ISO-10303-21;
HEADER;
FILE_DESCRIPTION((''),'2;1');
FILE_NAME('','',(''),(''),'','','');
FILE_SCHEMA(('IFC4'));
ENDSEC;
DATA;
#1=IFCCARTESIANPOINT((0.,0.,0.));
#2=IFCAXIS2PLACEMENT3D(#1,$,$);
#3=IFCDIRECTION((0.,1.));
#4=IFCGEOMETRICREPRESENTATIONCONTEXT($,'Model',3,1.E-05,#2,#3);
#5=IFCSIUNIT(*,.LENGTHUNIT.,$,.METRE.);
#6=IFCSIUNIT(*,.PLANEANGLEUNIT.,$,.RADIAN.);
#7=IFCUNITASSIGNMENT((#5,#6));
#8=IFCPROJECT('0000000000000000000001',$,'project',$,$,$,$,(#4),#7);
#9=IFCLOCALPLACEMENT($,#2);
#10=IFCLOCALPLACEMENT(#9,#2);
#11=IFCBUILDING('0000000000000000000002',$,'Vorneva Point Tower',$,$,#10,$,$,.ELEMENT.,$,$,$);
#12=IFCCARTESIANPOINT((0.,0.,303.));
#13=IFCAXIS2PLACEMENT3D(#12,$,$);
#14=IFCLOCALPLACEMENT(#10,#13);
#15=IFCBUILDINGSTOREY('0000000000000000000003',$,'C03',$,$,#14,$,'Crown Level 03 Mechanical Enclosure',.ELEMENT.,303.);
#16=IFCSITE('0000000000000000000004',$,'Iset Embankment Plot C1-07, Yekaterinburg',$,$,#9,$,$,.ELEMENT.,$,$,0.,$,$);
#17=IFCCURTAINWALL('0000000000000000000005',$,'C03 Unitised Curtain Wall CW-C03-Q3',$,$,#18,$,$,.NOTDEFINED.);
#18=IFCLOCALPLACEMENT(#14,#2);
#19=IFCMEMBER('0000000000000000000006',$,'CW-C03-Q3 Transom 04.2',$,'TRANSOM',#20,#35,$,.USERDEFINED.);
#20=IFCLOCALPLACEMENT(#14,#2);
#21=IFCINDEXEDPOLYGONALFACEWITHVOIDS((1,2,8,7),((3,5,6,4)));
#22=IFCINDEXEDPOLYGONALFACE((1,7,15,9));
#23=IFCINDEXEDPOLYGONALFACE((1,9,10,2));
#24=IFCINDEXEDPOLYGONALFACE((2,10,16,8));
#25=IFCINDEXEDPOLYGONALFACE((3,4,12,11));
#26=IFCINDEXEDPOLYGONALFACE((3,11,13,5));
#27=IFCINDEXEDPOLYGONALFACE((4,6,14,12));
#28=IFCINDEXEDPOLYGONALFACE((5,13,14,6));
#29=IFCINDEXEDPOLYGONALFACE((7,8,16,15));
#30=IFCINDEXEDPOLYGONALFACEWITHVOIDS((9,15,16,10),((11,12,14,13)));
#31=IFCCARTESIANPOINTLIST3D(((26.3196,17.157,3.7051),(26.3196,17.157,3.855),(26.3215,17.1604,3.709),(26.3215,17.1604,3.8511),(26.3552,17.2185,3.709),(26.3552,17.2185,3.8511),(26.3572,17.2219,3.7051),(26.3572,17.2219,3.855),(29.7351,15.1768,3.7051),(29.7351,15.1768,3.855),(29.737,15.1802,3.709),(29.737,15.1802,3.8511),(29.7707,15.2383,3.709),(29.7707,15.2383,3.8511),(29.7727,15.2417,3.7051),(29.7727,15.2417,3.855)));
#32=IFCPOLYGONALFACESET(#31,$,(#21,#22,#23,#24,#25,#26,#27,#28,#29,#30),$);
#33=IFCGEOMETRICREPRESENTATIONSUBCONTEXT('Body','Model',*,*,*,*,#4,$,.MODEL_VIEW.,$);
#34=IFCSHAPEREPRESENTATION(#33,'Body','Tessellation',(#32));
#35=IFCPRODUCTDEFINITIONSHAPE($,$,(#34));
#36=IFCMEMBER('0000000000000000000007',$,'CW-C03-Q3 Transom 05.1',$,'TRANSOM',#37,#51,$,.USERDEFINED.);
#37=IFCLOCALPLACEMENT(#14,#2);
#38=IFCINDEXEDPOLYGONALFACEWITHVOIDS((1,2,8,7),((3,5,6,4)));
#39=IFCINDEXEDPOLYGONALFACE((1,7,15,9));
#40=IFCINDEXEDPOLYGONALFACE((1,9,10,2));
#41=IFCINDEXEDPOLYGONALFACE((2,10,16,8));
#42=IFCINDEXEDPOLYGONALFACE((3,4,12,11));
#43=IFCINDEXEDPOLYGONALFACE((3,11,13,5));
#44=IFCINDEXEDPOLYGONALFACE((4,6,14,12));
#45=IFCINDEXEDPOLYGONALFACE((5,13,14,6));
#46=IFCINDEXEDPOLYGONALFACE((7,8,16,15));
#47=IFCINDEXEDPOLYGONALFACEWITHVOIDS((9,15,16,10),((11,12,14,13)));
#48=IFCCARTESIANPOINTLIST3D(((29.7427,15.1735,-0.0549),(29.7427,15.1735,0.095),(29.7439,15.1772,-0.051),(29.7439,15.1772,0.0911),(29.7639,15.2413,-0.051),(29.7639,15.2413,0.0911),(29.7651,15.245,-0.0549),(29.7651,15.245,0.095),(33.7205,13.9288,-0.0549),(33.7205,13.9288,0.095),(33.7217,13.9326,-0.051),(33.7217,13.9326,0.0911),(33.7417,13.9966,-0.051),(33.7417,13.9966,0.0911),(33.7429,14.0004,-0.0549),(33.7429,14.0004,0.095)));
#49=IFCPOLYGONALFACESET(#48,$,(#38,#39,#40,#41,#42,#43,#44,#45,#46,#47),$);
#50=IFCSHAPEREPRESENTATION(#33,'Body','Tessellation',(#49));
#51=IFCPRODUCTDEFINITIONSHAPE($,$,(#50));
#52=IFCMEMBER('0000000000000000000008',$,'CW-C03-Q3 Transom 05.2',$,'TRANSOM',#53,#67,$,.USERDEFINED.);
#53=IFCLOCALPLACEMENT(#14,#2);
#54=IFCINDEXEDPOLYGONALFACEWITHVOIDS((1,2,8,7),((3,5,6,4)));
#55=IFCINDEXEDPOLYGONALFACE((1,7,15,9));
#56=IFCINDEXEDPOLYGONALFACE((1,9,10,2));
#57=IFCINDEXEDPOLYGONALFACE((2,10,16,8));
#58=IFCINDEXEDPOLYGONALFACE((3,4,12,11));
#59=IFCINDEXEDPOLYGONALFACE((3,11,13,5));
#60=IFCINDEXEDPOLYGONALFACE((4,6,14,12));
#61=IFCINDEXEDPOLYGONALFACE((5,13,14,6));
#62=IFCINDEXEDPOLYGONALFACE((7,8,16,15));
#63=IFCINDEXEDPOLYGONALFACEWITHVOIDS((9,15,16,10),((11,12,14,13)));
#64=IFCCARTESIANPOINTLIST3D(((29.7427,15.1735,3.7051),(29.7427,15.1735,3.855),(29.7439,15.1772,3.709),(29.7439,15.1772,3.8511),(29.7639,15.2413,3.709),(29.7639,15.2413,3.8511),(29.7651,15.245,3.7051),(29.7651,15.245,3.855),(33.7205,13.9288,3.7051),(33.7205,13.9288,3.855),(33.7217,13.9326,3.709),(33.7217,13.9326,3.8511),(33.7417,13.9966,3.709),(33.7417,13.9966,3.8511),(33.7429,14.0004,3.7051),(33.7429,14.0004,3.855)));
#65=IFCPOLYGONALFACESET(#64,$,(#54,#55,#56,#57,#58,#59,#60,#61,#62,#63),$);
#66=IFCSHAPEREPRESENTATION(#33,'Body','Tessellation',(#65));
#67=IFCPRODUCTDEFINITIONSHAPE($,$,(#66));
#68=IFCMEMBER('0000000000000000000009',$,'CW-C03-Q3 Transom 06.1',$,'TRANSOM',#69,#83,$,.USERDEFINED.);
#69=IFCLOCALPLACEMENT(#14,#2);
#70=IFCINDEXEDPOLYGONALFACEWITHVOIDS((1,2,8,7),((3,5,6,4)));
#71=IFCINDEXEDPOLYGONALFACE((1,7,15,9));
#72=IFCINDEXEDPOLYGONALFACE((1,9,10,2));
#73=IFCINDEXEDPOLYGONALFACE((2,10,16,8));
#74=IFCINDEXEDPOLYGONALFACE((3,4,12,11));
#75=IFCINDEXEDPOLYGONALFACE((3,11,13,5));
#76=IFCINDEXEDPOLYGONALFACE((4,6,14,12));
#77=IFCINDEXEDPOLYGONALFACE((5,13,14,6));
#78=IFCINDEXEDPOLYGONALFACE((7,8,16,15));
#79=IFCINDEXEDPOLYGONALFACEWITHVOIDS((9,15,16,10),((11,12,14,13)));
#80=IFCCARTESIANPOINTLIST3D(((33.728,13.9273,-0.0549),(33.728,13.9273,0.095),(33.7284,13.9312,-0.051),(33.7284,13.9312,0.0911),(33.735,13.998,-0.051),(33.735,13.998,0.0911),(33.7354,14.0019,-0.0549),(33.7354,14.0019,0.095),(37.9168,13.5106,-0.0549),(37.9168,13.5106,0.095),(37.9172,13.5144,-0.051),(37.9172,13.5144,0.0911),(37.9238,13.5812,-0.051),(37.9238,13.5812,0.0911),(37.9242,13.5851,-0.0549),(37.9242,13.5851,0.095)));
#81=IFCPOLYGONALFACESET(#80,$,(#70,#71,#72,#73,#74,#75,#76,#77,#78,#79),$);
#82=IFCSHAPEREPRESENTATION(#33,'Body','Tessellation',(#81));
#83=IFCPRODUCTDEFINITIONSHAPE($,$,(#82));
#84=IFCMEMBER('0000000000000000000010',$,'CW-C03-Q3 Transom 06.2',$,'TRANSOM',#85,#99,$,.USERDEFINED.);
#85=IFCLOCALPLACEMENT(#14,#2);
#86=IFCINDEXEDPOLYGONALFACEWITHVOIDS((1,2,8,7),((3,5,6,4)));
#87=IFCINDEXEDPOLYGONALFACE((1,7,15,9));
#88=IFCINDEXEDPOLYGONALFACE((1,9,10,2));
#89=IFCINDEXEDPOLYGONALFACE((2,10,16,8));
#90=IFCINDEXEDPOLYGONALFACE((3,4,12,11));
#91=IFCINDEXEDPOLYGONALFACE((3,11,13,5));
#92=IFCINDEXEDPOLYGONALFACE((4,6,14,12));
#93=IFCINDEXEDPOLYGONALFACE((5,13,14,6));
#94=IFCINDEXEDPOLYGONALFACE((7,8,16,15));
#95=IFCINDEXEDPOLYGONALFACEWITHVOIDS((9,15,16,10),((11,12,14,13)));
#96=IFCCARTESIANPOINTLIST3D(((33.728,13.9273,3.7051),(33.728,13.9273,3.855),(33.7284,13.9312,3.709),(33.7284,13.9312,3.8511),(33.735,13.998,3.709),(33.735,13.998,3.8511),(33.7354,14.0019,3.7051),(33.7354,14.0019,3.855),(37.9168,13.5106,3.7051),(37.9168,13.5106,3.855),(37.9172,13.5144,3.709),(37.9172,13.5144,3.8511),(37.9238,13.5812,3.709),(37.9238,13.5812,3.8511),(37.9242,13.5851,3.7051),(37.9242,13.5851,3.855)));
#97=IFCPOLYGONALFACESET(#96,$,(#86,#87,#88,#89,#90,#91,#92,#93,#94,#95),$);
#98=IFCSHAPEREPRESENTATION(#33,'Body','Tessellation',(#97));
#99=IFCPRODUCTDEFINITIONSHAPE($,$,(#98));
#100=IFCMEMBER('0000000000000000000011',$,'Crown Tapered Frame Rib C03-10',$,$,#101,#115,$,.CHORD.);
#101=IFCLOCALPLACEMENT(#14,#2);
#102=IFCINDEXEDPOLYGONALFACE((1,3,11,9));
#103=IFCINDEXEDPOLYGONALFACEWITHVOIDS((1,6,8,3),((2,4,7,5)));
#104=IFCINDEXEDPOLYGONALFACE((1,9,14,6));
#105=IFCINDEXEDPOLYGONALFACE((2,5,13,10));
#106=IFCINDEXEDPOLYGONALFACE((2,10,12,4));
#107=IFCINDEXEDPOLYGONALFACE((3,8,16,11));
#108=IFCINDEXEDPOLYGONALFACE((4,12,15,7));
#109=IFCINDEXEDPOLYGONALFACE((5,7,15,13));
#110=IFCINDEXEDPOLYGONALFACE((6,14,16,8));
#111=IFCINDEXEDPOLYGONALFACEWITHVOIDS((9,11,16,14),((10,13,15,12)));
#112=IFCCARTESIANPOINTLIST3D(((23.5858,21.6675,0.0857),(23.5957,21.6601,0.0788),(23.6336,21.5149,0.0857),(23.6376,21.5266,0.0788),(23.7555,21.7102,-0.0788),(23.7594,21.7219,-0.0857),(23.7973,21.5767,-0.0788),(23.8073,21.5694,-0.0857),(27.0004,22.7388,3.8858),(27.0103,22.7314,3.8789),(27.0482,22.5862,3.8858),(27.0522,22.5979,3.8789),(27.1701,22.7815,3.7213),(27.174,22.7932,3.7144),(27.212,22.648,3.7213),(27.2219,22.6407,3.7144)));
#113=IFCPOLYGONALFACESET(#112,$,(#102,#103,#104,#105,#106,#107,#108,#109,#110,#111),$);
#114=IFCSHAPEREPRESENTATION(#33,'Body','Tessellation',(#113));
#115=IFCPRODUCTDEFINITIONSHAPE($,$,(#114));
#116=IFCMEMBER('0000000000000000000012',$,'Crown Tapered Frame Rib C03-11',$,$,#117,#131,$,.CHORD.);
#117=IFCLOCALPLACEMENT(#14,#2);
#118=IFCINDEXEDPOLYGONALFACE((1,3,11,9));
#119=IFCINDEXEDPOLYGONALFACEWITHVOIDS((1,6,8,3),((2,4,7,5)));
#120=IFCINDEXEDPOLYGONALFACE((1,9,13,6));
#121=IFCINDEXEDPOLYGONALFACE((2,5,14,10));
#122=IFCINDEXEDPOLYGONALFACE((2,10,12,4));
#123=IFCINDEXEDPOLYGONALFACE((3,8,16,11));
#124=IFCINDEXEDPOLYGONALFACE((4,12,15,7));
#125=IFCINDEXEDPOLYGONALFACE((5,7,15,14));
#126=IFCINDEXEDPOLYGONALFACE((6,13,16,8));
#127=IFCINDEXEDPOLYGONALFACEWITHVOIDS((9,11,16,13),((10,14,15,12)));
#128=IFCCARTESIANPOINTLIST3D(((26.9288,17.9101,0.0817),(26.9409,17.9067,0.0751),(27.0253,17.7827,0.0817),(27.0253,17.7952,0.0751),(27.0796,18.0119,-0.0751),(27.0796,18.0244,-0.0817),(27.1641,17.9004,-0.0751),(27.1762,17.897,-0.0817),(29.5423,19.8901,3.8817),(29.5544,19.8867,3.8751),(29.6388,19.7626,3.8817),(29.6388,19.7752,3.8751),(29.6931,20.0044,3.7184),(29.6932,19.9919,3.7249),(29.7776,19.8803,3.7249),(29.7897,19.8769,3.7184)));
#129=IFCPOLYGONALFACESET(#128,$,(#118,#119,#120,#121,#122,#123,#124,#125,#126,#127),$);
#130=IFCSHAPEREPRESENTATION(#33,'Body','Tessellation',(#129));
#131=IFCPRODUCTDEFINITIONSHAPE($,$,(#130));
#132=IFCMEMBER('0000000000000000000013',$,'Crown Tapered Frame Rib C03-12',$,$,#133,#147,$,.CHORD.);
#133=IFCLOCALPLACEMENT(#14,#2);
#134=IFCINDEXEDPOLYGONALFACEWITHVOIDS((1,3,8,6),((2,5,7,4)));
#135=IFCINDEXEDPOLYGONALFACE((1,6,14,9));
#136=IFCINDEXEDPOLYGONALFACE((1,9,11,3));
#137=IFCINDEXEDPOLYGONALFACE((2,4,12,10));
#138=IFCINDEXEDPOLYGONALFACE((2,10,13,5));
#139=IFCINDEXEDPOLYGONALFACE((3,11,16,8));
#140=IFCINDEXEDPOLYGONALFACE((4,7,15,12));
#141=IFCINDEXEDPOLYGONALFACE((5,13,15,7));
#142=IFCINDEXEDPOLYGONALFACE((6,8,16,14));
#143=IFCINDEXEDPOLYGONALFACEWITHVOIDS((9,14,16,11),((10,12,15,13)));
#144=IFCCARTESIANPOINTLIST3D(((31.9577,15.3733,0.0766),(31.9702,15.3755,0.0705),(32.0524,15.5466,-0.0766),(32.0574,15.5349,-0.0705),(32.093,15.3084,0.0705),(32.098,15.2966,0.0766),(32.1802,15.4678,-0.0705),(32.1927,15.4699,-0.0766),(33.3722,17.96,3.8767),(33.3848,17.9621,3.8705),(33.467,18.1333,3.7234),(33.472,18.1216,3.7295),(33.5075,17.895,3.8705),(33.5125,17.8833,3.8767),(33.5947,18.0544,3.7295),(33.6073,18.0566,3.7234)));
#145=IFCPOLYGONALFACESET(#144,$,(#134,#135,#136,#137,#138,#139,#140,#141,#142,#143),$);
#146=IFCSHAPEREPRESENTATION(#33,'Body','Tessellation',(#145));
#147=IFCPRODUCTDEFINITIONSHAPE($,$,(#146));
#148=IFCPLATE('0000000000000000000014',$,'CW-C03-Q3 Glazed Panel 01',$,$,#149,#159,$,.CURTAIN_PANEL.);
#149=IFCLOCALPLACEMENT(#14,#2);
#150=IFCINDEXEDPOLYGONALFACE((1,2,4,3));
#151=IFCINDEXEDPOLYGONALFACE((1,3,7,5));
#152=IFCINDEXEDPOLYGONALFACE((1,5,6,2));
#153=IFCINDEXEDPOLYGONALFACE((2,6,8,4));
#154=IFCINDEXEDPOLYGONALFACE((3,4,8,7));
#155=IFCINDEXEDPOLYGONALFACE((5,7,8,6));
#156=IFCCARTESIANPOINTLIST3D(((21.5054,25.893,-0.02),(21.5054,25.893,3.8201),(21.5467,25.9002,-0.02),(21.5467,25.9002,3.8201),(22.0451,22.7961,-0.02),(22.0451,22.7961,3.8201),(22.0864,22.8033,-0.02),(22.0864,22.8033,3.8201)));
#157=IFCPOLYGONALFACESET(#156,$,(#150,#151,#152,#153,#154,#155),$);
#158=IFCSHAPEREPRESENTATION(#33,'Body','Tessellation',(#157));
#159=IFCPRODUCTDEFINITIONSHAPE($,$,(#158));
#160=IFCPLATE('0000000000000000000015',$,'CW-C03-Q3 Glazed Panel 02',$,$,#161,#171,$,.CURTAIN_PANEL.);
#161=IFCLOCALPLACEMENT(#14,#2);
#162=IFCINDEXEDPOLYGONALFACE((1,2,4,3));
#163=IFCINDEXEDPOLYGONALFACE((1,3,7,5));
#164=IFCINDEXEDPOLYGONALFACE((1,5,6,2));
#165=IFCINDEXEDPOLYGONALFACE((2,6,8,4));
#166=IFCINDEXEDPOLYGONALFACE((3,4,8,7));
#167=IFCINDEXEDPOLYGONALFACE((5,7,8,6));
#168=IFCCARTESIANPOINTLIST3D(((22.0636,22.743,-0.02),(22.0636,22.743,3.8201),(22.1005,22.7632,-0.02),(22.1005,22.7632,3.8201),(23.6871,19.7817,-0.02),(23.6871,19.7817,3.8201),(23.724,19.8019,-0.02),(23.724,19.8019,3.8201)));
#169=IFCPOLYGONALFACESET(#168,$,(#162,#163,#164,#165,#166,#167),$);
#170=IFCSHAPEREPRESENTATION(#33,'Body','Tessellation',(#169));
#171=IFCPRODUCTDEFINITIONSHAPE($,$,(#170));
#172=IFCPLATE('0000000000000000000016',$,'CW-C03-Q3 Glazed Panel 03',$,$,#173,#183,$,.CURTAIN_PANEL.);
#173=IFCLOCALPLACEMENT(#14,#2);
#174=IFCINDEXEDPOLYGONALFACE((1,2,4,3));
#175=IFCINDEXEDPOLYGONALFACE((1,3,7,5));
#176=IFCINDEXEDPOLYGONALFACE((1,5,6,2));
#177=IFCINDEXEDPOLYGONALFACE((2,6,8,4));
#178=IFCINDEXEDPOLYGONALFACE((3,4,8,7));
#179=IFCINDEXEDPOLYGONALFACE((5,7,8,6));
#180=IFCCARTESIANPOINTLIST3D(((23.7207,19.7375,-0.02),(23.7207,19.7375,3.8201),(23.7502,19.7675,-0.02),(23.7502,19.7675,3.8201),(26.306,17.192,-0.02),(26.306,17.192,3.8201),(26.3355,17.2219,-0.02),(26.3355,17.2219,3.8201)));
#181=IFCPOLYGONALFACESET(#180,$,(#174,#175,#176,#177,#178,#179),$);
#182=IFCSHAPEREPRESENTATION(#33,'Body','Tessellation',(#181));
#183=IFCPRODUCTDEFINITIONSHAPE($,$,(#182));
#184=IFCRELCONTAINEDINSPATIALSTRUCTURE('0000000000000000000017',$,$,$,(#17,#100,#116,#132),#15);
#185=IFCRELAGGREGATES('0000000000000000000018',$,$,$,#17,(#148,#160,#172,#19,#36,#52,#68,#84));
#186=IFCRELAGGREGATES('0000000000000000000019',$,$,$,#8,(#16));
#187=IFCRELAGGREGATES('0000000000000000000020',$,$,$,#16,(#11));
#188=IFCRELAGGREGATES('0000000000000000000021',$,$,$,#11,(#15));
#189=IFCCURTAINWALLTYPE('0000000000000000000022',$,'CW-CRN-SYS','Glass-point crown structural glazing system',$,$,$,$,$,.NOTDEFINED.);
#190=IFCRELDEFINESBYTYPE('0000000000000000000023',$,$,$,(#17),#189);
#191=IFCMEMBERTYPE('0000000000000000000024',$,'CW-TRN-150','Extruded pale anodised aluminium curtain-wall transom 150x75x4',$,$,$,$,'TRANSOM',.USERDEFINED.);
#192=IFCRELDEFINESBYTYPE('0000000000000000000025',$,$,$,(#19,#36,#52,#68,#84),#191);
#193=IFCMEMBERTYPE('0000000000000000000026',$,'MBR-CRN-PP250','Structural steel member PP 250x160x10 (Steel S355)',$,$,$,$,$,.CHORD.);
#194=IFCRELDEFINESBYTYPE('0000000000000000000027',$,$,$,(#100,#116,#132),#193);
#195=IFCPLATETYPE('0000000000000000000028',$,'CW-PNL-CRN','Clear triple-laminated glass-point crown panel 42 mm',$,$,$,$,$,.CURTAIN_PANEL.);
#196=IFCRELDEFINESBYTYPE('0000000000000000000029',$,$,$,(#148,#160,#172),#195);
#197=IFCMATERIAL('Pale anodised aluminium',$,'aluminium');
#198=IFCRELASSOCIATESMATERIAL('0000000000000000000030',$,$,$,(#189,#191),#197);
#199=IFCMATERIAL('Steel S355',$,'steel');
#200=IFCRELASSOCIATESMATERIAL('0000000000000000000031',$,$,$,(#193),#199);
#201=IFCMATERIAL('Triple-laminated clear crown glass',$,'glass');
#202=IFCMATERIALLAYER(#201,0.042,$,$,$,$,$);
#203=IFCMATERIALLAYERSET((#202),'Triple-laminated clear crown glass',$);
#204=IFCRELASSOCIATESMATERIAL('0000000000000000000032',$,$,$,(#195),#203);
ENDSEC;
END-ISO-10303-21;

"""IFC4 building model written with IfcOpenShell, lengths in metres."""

from ifc_helpers import new_model, si_unit, direction, frame, origin, origin_2d, place, context, subcontext, project, spatial, rectangle, hollow_rectangle, extrude, material, layer, layer_set, material_profile, profile_set, type_object, element, aggregate, save


model = new_model("IFC4")

# Units and contexts
model_context = context("Model", 3, precision=1e-05, world=origin(), true_north=direction((0.0, 1.0)))
body_context = subcontext(model_context, "Body", "Model", "MODEL_VIEW")
ifc_project = project(units=[si_unit("LENGTHUNIT", "METRE"), si_unit("PLANEANGLEUNIT", "RADIAN")], contexts=[model_context])

# Site, building, storey
site_placement = place(None, origin())
site = spatial("IfcSite", under=ifc_project, at=site_placement, Name="Iset Embankment Plot C1-07, Yekaterinburg", CompositionType="ELEMENT", RefElevation=0.0)
building_placement = place(site_placement, origin())
building = spatial("IfcBuilding", under=site, at=building_placement, Name="Vorneva Point Tower", CompositionType="ELEMENT")
storey_placement = place(building_placement, frame((0.0, 0.0, 303.0)))
storey = spatial("IfcBuildingStorey", under=building, at=storey_placement, Name="C03", LongName="Crown Level 03 Mechanical Enclosure", CompositionType="ELEMENT", Elevation=303.0)

# Shared definitions
ifc_material_1 = material(Name="Steel S355", Category="steel")

# Curtain wall, members
ifc_material_2 = material(Name="Pale anodised aluminium", Category="aluminium")
curtain_wall_type = type_object("IfcCurtainWallType", Name="CW-CRN-SYS", Description="Glass-point crown structural glazing system", PredefinedType="NOTDEFINED", material=ifc_material_2)
curtain_wall_placement = place(storey_placement, origin())
curtain_wall = element("IfcCurtainWall", 1, at=curtain_wall_placement, inside=storey, type_object=curtain_wall_type, Name="C03 Unitised Curtain Wall CW-C03-Q3", PredefinedType="NOTDEFINED")
ifc_material_profile_1 = material_profile(ifc_material_2, hollow_rectangle(XDim=0.075, YDim=0.1499, WallThickness=0.0039, at=origin_2d()), Name="AL-TRN 150x75x4")
ifc_profile_set_1 = profile_set([ifc_material_profile_1], Name="Pale anodised aluminium")
member_type_1 = type_object("IfcMemberType", Name="CW-TRN-150", Description="Extruded pale anodised aluminium curtain-wall transom 150x75x4", ElementType="TRANSOM", PredefinedType="USERDEFINED", material=ifc_profile_set_1)
member_1_placement = place(storey_placement, frame((26.3384, 17.1895, 3.78), z_axis=(0.865117, -0.50157, 0.0), x_axis=(0.50157, 0.865117, 0.0)))
member_1 = element("IfcMember", 2, at=member_1_placement, type_object=member_type_1, Name="CW-C03-Q3 Transom 04.2", ObjectType="TRANSOM", PredefinedType="USERDEFINED", context=body_context, shape_type="SweptSolid", body=[
    extrude(hollow_rectangle(XDim=0.075, YDim=0.1499, WallThickness=0.0039, at=origin_2d()), origin(), (0.0, 0.0, 1.0), 3.948),
])
member_2_placement = place(storey_placement, frame((29.7539, 15.2092, 0.02), z_axis=(0.954373, -0.298619, 0.0), x_axis=(0.298619, 0.954373, 0.0)))
member_2 = element("IfcMember", 3, at=member_2_placement, type_object=member_type_1, Name="CW-C03-Q3 Transom 05.1", ObjectType="TRANSOM", PredefinedType="USERDEFINED", context=body_context, shape_type="SweptSolid", body=[
    extrude(hollow_rectangle(XDim=0.075, YDim=0.1499, WallThickness=0.0039, at=origin_2d()), origin(), (0.0, 0.0, 1.0), 4.168),
])
member_3_placement = place(storey_placement, frame((29.7539, 15.2092, 3.78), z_axis=(0.954373, -0.298619, 0.0), x_axis=(0.298619, 0.954373, 0.0)))
member_3 = element("IfcMember", 4, at=member_3_placement, type_object=member_type_1, Name="CW-C03-Q3 Transom 05.2", ObjectType="TRANSOM", PredefinedType="USERDEFINED", context=body_context, shape_type="SweptSolid", body=[
    extrude(hollow_rectangle(XDim=0.075, YDim=0.1499, WallThickness=0.0039, at=origin_2d()), origin(), (0.0, 0.0, 1.0), 4.168),
])
member_4_placement = place(storey_placement, frame((33.7317, 13.9646, 0.02), z_axis=(0.995087, -0.099004, 0.0), x_axis=(0.099004, 0.995087, 0.0)))
member_4 = element("IfcMember", 5, at=member_4_placement, type_object=member_type_1, Name="CW-C03-Q3 Transom 06.1", ObjectType="TRANSOM", PredefinedType="USERDEFINED", context=body_context, shape_type="SweptSolid", body=[
    extrude(hollow_rectangle(XDim=0.075, YDim=0.1499, WallThickness=0.0039, at=origin_2d()), origin(), (0.0, 0.0, 1.0), 4.2095),
])
member_5_placement = place(storey_placement, frame((33.7317, 13.9646, 3.78), z_axis=(0.995087, -0.099004, 0.0), x_axis=(0.099004, 0.995087, 0.0)))
member_5 = element("IfcMember", 6, at=member_5_placement, type_object=member_type_1, Name="CW-C03-Q3 Transom 06.2", ObjectType="TRANSOM", PredefinedType="USERDEFINED", context=body_context, shape_type="SweptSolid", body=[
    extrude(hollow_rectangle(XDim=0.075, YDim=0.1499, WallThickness=0.0039, at=origin_2d()), origin(), (0.0, 0.0, 1.0), 4.2095),
])

# Members
ifc_material_profile_2 = material_profile(ifc_material_1, hollow_rectangle(XDim=0.1599, YDim=0.25, WallThickness=0.01, at=origin_2d()), Name="PP 250x160x10")
ifc_profile_set_2 = profile_set([ifc_material_profile_2], Name="Steel S355")
member_type_2 = type_object("IfcMemberType", Name="MBR-CRN-PP250", Description="Structural steel member PP 250x160x10 (Steel S355)", PredefinedType="CHORD", material=ifc_profile_set_2)
member_6_placement = place(storey_placement, frame((23.6965, 21.6184, 0.0), z_axis=(0.654143, 0.205232, 0.727995), x_axis=(-0.299355, 0.954142, 0.0)))
element("IfcMember", 7, at=member_6_placement, inside=storey, type_object=member_type_2, Name="Crown Tapered Frame Rib C03-10", PredefinedType="CHORD", context=body_context, shape_type="SweptSolid", body=[
    extrude(hollow_rectangle(XDim=0.1599, YDim=0.25, WallThickness=0.01, at=origin_2d()), origin(), (0.0, 0.0, 1.0), 5.22),
])
member_7_placement = place(storey_placement, frame((27.0525, 17.9036, 0.0), z_axis=(0.520718, 0.39449, 0.75712), x_axis=(-0.603865, 0.797087, 0.0)))
element("IfcMember", 8, at=member_7_placement, inside=storey, type_object=member_type_2, Name="Crown Tapered Frame Rib C03-11", PredefinedType="CHORD", context=body_context, shape_type="SweptSolid", body=[
    extrude(hollow_rectangle(XDim=0.1599, YDim=0.25, WallThickness=0.01, at=origin_2d()), origin(), (0.0, 0.0, 1.0), 5.019),
])
member_8_placement = place(storey_placement, frame((32.0752, 15.4216, 0.0), z_axis=(0.29411, 0.537815, 0.790098), x_axis=(-0.877376, 0.479803, 0.0)))
element("IfcMember", 9, at=member_8_placement, inside=storey, type_object=member_type_2, Name="Crown Tapered Frame Rib C03-12", PredefinedType="CHORD", context=body_context, shape_type="SweptSolid", body=[
    extrude(hollow_rectangle(XDim=0.1599, YDim=0.25, WallThickness=0.01, at=origin_2d()), origin(), (0.0, 0.0, 1.0), 4.8096),
])

# Plates
ifc_material_3 = material(Name="Triple-laminated clear crown glass", Category="glass")
ifc_layer_1 = layer(ifc_material_3, 0.042)
ifc_layer_set_1 = layer_set([ifc_layer_1], Name="Triple-laminated clear crown glass")
plate_type = type_object("IfcPlateType", Name="CW-PNL-CRN", Description="Clear triple-laminated glass-point crown panel 42 mm", PredefinedType="CURTAIN_PANEL", material=ifc_layer_set_1)
plate_1_placement = place(storey_placement, frame((21.7959, 24.3481, -0.02), z_axis=(0.0, 0.0, 1.0), x_axis=(0.171688, -0.985151, 0.0)))
plate_1 = element("IfcPlate", 10, at=plate_1_placement, type_object=plate_type, Name="CW-C03-Q3 Glazed Panel 01", PredefinedType="CURTAIN_PANEL", context=body_context, shape_type="SweptSolid", body=[
    extrude(rectangle(XDim=3.1436, YDim=0.042, at=origin_2d()), origin(), (0.0, 0.0, 1.0), 3.8401),
])
plate_2_placement = place(storey_placement, frame((22.8938, 21.2725, -0.02), z_axis=(0.0, 0.0, 1.0), x_axis=(0.480729, -0.876869, 0.0)))
plate_2 = element("IfcPlate", 11, at=plate_2_placement, type_object=plate_type, Name="CW-C03-Q3 Glazed Panel 02", PredefinedType="CURTAIN_PANEL", context=body_context, shape_type="SweptSolid", body=[
    extrude(rectangle(XDim=3.3772, YDim=0.042, at=origin_2d()), origin(), (0.0, 0.0, 1.0), 3.8401),
])
plate_3_placement = place(storey_placement, frame((25.0281, 18.4797, -0.02), z_axis=(0.0, 0.0, 1.0), x_axis=(0.712565, -0.701606, 0.0)))
plate_3 = element("IfcPlate", 12, at=plate_3_placement, type_object=plate_type, Name="CW-C03-Q3 Glazed Panel 03", PredefinedType="CURTAIN_PANEL", context=body_context, shape_type="SweptSolid", body=[
    extrude(rectangle(XDim=3.6282, YDim=0.042, at=origin_2d()), origin(), (0.0, 0.0, 1.0), 3.8401),
])
aggregate(curtain_wall, [plate_1, plate_2, plate_3, member_1, member_2, member_3, member_4, member_5])

save(model, "model.ifc")
